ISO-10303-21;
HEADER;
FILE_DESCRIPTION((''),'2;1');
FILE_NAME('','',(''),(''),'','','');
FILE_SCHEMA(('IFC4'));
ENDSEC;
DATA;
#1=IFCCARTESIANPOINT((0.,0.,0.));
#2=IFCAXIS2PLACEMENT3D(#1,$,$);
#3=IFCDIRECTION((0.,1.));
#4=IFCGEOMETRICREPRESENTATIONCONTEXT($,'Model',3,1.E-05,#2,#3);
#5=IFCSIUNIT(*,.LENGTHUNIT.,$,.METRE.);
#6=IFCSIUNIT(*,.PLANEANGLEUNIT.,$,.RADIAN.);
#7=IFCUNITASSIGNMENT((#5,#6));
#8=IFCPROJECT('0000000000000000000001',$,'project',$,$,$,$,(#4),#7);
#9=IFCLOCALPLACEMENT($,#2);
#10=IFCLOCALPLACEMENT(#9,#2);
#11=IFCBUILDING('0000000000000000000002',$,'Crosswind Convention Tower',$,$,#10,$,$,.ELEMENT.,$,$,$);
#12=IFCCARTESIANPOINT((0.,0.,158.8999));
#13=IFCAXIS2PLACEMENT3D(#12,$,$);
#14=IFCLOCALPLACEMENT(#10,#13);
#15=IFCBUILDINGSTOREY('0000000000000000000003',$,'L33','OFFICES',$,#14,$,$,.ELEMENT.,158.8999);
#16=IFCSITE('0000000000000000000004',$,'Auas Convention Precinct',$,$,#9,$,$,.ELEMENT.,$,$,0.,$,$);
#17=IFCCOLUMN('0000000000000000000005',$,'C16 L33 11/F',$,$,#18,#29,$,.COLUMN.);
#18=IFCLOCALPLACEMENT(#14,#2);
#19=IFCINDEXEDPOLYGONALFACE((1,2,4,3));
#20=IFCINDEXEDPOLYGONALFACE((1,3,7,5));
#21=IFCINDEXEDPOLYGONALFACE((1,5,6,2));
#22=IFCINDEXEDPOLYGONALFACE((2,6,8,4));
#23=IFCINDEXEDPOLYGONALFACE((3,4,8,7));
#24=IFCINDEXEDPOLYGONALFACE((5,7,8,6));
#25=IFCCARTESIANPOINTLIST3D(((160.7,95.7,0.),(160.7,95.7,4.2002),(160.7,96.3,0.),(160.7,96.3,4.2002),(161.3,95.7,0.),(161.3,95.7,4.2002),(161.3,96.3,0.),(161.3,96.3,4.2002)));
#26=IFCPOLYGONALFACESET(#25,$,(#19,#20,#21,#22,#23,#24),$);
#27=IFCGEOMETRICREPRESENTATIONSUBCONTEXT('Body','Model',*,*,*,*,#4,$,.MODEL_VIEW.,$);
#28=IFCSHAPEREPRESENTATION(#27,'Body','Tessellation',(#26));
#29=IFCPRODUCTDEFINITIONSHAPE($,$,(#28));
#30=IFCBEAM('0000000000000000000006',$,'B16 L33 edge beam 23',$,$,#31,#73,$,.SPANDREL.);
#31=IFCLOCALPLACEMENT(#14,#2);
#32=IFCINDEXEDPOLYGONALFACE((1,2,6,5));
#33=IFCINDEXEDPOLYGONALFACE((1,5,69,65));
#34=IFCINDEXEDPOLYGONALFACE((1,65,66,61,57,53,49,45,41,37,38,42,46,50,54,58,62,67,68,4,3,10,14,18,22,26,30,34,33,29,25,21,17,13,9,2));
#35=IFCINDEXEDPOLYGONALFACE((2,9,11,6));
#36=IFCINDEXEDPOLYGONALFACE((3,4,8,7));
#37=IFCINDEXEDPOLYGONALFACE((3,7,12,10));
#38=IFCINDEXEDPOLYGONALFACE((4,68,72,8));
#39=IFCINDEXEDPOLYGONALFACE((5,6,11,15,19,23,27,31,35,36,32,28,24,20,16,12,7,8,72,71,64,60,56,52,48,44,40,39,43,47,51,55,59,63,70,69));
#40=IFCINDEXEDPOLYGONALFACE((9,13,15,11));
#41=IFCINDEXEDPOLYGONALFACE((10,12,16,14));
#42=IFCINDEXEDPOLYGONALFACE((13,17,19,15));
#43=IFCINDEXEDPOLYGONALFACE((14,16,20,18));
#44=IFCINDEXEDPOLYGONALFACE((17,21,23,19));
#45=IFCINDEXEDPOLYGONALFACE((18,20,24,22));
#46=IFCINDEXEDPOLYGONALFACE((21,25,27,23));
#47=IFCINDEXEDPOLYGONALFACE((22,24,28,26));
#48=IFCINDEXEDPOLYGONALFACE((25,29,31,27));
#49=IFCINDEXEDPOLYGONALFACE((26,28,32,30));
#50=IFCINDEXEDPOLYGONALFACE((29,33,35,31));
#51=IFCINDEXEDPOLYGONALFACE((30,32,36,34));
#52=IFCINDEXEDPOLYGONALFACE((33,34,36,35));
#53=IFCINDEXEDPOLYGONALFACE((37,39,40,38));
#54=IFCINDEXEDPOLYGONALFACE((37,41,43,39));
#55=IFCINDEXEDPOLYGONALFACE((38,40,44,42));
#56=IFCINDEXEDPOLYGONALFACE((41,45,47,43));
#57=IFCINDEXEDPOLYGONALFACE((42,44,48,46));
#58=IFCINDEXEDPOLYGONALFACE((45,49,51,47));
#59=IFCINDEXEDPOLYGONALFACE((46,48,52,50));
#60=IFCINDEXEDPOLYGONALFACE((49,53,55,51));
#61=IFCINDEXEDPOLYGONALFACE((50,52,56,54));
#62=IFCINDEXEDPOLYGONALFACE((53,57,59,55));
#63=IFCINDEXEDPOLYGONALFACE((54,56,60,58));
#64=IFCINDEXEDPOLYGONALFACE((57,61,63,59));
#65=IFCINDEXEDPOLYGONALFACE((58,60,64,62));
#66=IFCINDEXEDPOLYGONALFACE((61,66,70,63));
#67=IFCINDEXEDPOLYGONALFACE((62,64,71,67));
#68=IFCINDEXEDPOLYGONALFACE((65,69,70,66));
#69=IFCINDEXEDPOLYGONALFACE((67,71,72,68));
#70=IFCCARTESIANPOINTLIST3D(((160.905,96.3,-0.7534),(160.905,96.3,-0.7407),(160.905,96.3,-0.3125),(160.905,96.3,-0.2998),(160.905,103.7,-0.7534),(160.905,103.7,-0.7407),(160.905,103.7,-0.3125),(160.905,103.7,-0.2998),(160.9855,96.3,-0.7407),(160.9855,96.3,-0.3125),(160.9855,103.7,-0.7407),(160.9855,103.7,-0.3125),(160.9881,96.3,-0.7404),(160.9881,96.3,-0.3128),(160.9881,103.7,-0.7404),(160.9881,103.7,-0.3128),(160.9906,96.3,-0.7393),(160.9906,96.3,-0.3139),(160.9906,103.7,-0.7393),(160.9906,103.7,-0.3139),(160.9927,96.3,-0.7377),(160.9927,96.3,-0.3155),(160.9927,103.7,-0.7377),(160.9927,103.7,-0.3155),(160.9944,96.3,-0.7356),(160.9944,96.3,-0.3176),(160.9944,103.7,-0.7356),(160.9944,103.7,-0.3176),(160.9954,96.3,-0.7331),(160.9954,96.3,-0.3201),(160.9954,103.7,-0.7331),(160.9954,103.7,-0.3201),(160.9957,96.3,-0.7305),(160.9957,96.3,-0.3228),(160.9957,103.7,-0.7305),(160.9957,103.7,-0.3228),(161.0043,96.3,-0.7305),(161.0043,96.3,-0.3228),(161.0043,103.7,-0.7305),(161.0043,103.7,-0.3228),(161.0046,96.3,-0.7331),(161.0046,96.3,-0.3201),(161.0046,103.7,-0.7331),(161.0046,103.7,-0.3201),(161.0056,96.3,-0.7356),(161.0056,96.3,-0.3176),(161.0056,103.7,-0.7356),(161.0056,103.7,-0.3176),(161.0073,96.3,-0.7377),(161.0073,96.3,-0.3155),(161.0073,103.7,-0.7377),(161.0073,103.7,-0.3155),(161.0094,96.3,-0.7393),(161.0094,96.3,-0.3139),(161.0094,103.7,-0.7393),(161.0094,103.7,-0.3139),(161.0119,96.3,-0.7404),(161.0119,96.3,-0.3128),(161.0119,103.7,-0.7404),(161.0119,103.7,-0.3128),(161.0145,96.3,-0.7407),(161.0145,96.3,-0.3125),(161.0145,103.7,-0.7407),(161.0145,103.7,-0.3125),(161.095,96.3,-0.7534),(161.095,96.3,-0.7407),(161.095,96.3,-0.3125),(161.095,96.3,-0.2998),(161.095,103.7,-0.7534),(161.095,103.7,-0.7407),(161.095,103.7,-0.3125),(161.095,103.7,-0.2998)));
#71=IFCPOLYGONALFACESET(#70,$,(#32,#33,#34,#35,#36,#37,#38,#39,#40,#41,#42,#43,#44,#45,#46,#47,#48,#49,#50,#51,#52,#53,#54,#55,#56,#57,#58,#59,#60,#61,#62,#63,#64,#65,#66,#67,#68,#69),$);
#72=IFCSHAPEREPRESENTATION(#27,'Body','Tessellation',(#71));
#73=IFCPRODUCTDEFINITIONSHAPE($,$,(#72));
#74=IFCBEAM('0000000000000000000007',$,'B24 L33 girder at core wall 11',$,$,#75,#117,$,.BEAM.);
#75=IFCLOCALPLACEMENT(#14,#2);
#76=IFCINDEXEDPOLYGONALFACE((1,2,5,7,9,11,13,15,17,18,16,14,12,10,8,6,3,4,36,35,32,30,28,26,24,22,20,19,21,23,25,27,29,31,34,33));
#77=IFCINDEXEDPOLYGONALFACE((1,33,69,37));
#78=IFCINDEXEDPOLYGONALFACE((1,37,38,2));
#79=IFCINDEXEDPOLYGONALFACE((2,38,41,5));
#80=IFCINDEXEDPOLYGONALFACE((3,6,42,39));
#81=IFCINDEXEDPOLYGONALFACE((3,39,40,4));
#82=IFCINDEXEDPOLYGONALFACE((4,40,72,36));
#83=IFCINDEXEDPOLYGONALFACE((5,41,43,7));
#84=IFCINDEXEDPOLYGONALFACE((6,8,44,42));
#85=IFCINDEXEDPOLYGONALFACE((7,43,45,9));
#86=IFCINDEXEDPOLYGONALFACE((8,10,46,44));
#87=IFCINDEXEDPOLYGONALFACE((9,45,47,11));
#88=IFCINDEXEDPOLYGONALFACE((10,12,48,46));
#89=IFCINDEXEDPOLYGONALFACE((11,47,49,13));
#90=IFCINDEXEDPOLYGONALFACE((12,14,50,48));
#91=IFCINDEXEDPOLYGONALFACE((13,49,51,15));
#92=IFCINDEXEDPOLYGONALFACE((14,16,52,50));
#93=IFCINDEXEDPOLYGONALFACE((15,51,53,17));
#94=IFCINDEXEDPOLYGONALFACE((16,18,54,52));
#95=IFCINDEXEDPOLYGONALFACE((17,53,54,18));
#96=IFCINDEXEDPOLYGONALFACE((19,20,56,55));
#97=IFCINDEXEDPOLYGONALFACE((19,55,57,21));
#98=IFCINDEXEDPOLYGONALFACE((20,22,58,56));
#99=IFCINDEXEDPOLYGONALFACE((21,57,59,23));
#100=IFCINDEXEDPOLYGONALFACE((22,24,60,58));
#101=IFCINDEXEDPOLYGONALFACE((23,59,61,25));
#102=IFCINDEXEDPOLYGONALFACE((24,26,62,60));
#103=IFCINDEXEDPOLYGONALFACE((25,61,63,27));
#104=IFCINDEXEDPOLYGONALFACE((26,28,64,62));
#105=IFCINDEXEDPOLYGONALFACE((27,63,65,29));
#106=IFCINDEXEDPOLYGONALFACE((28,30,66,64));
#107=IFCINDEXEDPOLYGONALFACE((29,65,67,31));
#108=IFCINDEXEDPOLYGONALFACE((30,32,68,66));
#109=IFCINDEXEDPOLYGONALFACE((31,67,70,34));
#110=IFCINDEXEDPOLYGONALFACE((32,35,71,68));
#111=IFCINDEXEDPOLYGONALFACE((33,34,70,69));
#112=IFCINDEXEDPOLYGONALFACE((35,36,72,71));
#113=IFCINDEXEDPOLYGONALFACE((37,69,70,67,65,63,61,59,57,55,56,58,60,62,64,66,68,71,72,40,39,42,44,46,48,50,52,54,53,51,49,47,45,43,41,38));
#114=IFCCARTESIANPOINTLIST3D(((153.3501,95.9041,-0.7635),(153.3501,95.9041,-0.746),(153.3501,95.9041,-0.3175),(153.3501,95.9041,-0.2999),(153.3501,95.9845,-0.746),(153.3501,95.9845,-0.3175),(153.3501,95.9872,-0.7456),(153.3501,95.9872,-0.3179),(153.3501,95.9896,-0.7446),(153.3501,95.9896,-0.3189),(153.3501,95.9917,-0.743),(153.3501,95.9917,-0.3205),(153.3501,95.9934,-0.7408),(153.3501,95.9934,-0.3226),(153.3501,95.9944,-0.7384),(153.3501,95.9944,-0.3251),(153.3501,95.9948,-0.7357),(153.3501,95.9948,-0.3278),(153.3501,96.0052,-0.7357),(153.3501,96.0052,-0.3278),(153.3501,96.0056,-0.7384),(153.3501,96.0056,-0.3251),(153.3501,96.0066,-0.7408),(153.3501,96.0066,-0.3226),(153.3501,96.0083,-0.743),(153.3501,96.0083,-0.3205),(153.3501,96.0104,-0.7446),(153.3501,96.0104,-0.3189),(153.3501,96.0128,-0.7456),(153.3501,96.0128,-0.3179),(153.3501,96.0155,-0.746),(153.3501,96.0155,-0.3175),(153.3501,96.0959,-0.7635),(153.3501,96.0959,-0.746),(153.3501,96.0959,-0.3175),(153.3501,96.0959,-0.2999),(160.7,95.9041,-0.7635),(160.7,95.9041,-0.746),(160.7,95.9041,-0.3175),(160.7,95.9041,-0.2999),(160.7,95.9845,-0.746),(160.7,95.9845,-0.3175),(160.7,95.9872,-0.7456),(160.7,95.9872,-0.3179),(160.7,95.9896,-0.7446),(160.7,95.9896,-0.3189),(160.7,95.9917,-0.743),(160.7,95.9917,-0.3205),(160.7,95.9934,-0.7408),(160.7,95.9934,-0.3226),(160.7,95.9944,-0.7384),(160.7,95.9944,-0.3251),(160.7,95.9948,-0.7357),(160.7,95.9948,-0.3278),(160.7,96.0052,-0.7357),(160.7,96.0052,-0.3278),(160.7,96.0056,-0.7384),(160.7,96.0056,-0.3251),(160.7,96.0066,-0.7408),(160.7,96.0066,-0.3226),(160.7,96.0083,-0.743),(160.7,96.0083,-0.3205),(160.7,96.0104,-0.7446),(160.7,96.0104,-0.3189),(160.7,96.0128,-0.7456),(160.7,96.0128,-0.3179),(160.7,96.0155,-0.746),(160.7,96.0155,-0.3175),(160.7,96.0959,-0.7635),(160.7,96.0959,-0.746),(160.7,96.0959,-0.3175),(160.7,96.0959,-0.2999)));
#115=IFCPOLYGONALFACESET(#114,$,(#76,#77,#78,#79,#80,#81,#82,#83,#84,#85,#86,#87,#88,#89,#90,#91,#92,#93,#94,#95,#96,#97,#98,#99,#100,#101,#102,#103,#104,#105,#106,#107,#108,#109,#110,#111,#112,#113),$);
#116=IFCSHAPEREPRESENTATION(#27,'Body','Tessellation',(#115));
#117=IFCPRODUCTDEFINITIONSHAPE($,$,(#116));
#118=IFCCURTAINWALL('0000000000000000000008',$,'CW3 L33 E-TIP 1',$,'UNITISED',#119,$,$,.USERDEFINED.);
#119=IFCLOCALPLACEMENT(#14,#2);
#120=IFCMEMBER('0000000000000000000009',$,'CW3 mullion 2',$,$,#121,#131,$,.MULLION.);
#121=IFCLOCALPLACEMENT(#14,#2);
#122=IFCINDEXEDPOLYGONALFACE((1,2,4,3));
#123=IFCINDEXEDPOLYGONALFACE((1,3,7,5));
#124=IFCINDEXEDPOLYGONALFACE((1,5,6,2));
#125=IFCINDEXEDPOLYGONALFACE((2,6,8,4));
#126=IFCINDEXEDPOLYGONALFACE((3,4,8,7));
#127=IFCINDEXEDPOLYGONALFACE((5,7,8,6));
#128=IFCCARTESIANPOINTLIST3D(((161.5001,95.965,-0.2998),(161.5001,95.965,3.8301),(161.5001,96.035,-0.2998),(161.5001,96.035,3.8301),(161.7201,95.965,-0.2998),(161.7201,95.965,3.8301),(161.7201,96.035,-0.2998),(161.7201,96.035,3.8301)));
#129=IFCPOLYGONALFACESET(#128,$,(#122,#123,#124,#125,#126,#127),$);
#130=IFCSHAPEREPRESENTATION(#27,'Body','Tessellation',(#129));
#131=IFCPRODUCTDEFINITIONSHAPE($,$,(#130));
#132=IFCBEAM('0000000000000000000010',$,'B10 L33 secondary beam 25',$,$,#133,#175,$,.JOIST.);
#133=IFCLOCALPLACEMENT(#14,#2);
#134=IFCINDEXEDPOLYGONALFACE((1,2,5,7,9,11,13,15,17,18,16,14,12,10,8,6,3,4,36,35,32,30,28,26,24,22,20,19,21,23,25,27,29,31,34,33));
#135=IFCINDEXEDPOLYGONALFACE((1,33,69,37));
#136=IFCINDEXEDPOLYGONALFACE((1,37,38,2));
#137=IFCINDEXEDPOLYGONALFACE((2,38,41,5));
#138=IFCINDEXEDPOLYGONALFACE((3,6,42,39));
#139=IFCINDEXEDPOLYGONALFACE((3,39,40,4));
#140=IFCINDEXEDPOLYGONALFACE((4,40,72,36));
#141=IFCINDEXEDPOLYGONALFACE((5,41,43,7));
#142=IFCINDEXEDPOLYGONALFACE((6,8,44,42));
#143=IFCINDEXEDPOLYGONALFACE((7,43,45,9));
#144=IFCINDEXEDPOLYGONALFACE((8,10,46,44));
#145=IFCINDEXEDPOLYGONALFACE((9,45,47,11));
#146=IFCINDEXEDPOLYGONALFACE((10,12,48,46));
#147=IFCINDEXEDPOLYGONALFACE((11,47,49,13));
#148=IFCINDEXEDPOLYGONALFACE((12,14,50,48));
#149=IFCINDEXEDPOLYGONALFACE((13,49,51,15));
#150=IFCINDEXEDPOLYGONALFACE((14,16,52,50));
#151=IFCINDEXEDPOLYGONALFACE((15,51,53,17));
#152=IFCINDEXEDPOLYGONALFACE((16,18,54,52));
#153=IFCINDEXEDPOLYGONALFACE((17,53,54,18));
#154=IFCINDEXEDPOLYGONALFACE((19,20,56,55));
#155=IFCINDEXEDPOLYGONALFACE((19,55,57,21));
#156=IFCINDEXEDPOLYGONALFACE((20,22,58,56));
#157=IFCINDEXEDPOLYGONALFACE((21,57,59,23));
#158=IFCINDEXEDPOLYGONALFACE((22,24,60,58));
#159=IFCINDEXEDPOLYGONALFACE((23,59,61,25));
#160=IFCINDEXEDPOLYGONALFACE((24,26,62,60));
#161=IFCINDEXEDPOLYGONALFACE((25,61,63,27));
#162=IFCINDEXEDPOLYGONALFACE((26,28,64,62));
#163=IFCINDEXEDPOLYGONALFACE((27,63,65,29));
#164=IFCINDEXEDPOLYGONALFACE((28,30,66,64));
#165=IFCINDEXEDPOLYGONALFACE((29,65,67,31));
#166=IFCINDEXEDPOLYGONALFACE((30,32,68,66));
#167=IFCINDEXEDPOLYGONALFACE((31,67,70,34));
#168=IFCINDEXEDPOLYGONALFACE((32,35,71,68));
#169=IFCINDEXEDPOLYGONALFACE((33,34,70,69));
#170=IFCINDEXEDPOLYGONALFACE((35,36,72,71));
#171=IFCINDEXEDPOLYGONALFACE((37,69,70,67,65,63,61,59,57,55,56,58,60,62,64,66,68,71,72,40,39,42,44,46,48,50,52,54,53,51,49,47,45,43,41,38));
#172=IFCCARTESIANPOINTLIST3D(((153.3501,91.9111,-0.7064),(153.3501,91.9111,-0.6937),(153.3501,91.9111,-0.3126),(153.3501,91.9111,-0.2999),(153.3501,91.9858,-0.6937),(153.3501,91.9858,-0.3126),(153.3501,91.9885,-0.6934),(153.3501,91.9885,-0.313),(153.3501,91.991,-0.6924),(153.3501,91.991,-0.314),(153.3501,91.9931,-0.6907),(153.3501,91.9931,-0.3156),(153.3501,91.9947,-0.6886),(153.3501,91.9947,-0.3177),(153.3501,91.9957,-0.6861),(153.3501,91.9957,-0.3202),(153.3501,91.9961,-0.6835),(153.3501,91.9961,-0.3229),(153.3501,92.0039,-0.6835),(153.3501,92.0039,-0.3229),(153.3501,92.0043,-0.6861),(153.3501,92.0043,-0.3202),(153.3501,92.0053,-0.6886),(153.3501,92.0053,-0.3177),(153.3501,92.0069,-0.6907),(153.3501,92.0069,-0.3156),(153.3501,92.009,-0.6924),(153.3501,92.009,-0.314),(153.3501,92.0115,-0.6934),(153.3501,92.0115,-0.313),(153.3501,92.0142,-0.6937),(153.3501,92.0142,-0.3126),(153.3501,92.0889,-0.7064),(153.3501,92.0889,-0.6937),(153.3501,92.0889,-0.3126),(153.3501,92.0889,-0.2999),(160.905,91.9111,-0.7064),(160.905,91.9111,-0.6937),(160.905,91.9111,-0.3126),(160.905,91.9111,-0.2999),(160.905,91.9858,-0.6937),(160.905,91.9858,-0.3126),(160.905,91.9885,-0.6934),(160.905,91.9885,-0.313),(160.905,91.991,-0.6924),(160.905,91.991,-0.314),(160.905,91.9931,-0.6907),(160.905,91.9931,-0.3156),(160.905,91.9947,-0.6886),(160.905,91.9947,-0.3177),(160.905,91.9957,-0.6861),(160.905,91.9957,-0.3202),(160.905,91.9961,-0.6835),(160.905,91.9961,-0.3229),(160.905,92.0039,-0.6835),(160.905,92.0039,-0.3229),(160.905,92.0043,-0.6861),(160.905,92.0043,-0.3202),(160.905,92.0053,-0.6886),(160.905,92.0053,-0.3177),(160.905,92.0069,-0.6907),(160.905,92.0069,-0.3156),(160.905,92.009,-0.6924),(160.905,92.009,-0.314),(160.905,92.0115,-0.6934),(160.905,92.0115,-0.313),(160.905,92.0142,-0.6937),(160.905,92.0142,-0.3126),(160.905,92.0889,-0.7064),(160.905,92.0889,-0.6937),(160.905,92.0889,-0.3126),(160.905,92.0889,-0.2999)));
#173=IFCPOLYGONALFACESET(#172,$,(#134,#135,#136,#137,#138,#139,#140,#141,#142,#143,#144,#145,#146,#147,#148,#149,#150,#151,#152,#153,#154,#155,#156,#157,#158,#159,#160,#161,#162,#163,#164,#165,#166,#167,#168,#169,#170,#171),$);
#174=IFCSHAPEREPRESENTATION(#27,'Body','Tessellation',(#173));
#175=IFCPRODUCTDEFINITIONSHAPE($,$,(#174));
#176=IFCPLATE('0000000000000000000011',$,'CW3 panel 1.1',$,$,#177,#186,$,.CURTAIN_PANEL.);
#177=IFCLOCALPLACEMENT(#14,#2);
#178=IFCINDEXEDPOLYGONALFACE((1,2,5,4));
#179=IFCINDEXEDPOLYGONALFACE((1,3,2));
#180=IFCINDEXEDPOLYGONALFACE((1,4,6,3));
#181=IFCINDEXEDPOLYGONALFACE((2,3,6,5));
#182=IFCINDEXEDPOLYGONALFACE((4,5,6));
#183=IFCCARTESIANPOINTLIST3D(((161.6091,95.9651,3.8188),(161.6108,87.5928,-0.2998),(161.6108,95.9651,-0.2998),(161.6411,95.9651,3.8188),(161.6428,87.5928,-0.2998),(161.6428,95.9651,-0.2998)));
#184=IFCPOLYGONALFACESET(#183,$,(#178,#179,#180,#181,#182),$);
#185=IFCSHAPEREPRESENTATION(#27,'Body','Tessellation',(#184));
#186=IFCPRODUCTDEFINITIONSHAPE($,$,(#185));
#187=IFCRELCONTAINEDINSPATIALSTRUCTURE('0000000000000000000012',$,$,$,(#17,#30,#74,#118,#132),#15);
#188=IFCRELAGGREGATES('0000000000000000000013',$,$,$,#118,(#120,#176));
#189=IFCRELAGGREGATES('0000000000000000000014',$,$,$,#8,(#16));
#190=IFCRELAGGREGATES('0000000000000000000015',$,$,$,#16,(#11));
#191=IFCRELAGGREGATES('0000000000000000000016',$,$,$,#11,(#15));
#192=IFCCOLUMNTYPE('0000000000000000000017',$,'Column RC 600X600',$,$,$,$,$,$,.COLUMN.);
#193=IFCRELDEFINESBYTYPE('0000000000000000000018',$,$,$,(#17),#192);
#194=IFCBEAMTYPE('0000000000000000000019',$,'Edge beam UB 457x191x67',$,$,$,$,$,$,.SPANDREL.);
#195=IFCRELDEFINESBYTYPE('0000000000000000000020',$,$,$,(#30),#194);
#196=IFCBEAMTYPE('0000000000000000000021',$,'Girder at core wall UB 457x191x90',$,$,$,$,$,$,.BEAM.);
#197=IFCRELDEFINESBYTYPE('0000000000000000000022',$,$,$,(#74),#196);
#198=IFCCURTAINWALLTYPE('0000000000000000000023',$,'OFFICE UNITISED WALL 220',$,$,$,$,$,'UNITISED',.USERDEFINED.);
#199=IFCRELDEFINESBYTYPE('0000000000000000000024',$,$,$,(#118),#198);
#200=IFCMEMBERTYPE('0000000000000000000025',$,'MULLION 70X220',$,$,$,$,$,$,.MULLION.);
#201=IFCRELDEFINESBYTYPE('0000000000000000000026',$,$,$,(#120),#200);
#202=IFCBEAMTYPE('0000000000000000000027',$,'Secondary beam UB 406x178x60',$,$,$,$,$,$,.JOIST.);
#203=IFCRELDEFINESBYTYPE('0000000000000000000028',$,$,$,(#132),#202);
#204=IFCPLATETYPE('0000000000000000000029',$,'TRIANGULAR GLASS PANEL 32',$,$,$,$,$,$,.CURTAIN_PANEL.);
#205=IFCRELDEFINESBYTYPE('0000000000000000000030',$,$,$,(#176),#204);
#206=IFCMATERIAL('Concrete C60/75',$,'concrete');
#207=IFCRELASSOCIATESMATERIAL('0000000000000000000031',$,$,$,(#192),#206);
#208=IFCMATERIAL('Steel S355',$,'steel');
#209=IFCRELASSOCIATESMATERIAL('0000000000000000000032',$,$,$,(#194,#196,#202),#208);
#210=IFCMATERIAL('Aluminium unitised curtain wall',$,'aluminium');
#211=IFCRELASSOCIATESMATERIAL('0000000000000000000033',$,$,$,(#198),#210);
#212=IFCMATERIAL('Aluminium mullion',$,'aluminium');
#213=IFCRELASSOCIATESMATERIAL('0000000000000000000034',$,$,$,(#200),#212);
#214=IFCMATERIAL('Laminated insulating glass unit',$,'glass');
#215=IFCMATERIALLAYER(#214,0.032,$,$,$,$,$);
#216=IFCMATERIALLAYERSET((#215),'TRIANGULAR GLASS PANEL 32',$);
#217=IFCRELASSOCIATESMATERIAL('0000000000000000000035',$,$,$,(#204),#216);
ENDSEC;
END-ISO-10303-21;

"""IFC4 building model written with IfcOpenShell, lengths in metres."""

from ifc_helpers import new_model, si_unit, direction, frame, origin, origin_2d, place, context, subcontext, project, spatial, polyline, rectangle, i_section, outline, extrude, material, layer, layer_set, material_profile, profile_set, type_object, element, aggregate, save


model = new_model("IFC4")

# Units and contexts
model_context = context("Model", 3, precision=1e-05, world=origin(), true_north=direction((0.0, 1.0)))
body_context = subcontext(model_context, "Body", "Model", "MODEL_VIEW")
ifc_project = project(units=[si_unit("LENGTHUNIT", "METRE"), si_unit("PLANEANGLEUNIT", "RADIAN")], contexts=[model_context])

# Site, building, storey
site_placement = place(None, origin())
site = spatial("IfcSite", under=ifc_project, at=site_placement, Name="Auas Convention Precinct", CompositionType="ELEMENT", RefElevation=0.0)
building_placement = place(site_placement, origin())
building = spatial("IfcBuilding", under=site, at=building_placement, Name="Crosswind Convention Tower", CompositionType="ELEMENT")
storey_placement = place(building_placement, frame((0.0, 0.0, 158.8999)))
storey = spatial("IfcBuildingStorey", under=building, at=storey_placement, Name="L33", Description="OFFICES", CompositionType="ELEMENT", Elevation=158.8999)

# Column
ifc_material_1 = material(Name="Concrete C60/75", Category="concrete")
ifc_material_profile_1 = material_profile(ifc_material_1, rectangle(XDim=0.6001, YDim=0.6001, at=origin_2d()), Name="RC 600X600")
ifc_profile_set_1 = profile_set([ifc_material_profile_1], Name="Concrete C60/75")
column_type = type_object("IfcColumnType", Name="Column RC 600X600", PredefinedType="COLUMN", material=ifc_profile_set_1)
column_placement = place(storey_placement, frame((161.0, 96.0, 0.0), z_axis=(0.0, 0.0, 1.0), x_axis=(1.0, 0.0, 0.0)))
element("IfcColumn", 1, at=column_placement, inside=storey, type_object=column_type, Name="C16 L33 11/F", PredefinedType="COLUMN", context=body_context, shape_type="SweptSolid", body=[
    extrude(rectangle(XDim=0.6001, YDim=0.6001, at=origin_2d()), origin(), (0.0, 0.0, 1.0), 4.2002),
])

# Beams
ifc_material_2 = material(Name="Steel S355", Category="steel")
ifc_material_profile_2 = material_profile(ifc_material_2, i_section(OverallWidth=0.1899, OverallDepth=0.4536, WebThickness=0.0085, FlangeThickness=0.0127, FilletRadius=0.0103, at=origin_2d()), Name="UB 457x191x67")
ifc_profile_set_2 = profile_set([ifc_material_profile_2], Name="Steel S355")
beam_type_1 = type_object("IfcBeamType", Name="Edge beam UB 457x191x67", PredefinedType="SPANDREL", material=ifc_profile_set_2)
beam_1_placement = place(storey_placement, frame((161.0, 96.3, -0.5266), z_axis=(0.0, 1.0, 0.0), x_axis=(-1.0, 0.0, 0.0)))
element("IfcBeam", 2, at=beam_1_placement, inside=storey, type_object=beam_type_1, Name="B16 L33 edge beam 23", PredefinedType="SPANDREL", context=body_context, shape_type="SweptSolid", body=[
    extrude(i_section(OverallWidth=0.1899, OverallDepth=0.4536, WebThickness=0.0085, FlangeThickness=0.0127, FilletRadius=0.0103, at=origin_2d()), origin(), (0.0, 0.0, 1.0), 7.3999),
])
ifc_material_profile_3 = material_profile(ifc_material_2, i_section(OverallWidth=0.1919, OverallDepth=0.4636, WebThickness=0.0105, FlangeThickness=0.0176, FilletRadius=0.0103, at=origin_2d()), Name="UB 457x191x90")
ifc_profile_set_3 = profile_set([ifc_material_profile_3], Name="Steel S355")
beam_type_2 = type_object("IfcBeamType", Name="Girder at core wall UB 457x191x90", PredefinedType="BEAM", material=ifc_profile_set_3)
beam_2_placement = place(storey_placement, frame((153.3501, 96.0, -0.5317), z_axis=(1.0, 0.0, 0.0), x_axis=(0.0, 1.0, 0.0)))
element("IfcBeam", 3, at=beam_2_placement, inside=storey, type_object=beam_type_2, Name="B24 L33 girder at core wall 11", PredefinedType="BEAM", context=body_context, shape_type="SweptSolid", body=[
    extrude(i_section(OverallWidth=0.1919, OverallDepth=0.4636, WebThickness=0.0105, FlangeThickness=0.0176, FilletRadius=0.0103, at=origin_2d()), origin(), (0.0, 0.0, 1.0), 7.3499),
])

# Curtain wall, member
ifc_material_3 = material(Name="Aluminium unitised curtain wall", Category="aluminium")
curtain_wall_type = type_object("IfcCurtainWallType", Name="OFFICE UNITISED WALL 220", ElementType="UNITISED", PredefinedType="USERDEFINED", material=ifc_material_3)
curtain_wall_placement = place(storey_placement, origin())
curtain_wall = element("IfcCurtainWall", 4, at=curtain_wall_placement, inside=storey, type_object=curtain_wall_type, Name="CW3 L33 E-TIP 1", ObjectType="UNITISED", PredefinedType="USERDEFINED")
ifc_material_4 = material(Name="Aluminium mullion", Category="aluminium")
ifc_material_profile_4 = material_profile(ifc_material_4, rectangle(XDim=0.22, YDim=0.0701, at=origin_2d()), Name="AL 220X70")
ifc_profile_set_4 = profile_set([ifc_material_profile_4], Name="Aluminium mullion")
member_type = type_object("IfcMemberType", Name="MULLION 70X220", PredefinedType="MULLION", material=ifc_profile_set_4)
member_placement = place(storey_placement, frame((161.6101, 96.0, -0.2998), z_axis=(0.0, 0.0, 1.0), x_axis=(1.0, 0.0, 0.0)))
member = element("IfcMember", 5, at=member_placement, type_object=member_type, Name="CW3 mullion 2", PredefinedType="MULLION", context=body_context, shape_type="SweptSolid", body=[
    extrude(rectangle(XDim=0.22, YDim=0.0701, at=origin_2d()), origin(), (0.0, 0.0, 1.0), 4.1299),
])

# Beam
ifc_material_profile_5 = material_profile(ifc_material_2, i_section(OverallWidth=0.1777, OverallDepth=0.4065, WebThickness=0.0078, FlangeThickness=0.0127, FilletRadius=0.0103, at=origin_2d()), Name="UB 406x178x60")
ifc_profile_set_5 = profile_set([ifc_material_profile_5], Name="Steel S355")
beam_type_3 = type_object("IfcBeamType", Name="Secondary beam UB 406x178x60", PredefinedType="JOIST", material=ifc_profile_set_5)
beam_3_placement = place(storey_placement, frame((153.3501, 92.0, -0.5032), z_axis=(1.0, 0.0, 0.0), x_axis=(0.0, 1.0, 0.0)))
element("IfcBeam", 6, at=beam_3_placement, inside=storey, type_object=beam_type_3, Name="B10 L33 secondary beam 25", PredefinedType="JOIST", context=body_context, shape_type="SweptSolid", body=[
    extrude(i_section(OverallWidth=0.1777, OverallDepth=0.4065, WebThickness=0.0078, FlangeThickness=0.0127, FilletRadius=0.0103, at=origin_2d()), origin(), (0.0, 0.0, 1.0), 7.5549),
])

# Plate
ifc_material_5 = material(Name="Laminated insulating glass unit", Category="glass")
ifc_layer_1 = layer(ifc_material_5, 0.032)
ifc_layer_set_1 = layer_set([ifc_layer_1], Name="TRIANGULAR GLASS PANEL 32")
plate_type = type_object("IfcPlateType", Name="TRIANGULAR GLASS PANEL 32", PredefinedType="CURTAIN_PANEL", material=ifc_layer_set_1)
plate_1_placement = place(storey_placement, frame((161.6428, 95.9651, -0.2998), z_axis=(1.0, 0.0, 0.000415), x_axis=(-0.000415, 0.0, 1.0)))
plate_1 = element("IfcPlate", 7, at=plate_1_placement, type_object=plate_type, Name="CW3 panel 1.1", PredefinedType="CURTAIN_PANEL", context=body_context, shape_type="SweptSolid", body=[
    extrude(outline(polyline([(0.0, 0.0), (4.1187, 0.0), (0.0, 8.3723), (0.0, 0.0)])), origin(), (0.0, 0.0, -1.0), 0.032),
])
aggregate(curtain_wall, [member, plate_1])

save(model, "model.ifc")
